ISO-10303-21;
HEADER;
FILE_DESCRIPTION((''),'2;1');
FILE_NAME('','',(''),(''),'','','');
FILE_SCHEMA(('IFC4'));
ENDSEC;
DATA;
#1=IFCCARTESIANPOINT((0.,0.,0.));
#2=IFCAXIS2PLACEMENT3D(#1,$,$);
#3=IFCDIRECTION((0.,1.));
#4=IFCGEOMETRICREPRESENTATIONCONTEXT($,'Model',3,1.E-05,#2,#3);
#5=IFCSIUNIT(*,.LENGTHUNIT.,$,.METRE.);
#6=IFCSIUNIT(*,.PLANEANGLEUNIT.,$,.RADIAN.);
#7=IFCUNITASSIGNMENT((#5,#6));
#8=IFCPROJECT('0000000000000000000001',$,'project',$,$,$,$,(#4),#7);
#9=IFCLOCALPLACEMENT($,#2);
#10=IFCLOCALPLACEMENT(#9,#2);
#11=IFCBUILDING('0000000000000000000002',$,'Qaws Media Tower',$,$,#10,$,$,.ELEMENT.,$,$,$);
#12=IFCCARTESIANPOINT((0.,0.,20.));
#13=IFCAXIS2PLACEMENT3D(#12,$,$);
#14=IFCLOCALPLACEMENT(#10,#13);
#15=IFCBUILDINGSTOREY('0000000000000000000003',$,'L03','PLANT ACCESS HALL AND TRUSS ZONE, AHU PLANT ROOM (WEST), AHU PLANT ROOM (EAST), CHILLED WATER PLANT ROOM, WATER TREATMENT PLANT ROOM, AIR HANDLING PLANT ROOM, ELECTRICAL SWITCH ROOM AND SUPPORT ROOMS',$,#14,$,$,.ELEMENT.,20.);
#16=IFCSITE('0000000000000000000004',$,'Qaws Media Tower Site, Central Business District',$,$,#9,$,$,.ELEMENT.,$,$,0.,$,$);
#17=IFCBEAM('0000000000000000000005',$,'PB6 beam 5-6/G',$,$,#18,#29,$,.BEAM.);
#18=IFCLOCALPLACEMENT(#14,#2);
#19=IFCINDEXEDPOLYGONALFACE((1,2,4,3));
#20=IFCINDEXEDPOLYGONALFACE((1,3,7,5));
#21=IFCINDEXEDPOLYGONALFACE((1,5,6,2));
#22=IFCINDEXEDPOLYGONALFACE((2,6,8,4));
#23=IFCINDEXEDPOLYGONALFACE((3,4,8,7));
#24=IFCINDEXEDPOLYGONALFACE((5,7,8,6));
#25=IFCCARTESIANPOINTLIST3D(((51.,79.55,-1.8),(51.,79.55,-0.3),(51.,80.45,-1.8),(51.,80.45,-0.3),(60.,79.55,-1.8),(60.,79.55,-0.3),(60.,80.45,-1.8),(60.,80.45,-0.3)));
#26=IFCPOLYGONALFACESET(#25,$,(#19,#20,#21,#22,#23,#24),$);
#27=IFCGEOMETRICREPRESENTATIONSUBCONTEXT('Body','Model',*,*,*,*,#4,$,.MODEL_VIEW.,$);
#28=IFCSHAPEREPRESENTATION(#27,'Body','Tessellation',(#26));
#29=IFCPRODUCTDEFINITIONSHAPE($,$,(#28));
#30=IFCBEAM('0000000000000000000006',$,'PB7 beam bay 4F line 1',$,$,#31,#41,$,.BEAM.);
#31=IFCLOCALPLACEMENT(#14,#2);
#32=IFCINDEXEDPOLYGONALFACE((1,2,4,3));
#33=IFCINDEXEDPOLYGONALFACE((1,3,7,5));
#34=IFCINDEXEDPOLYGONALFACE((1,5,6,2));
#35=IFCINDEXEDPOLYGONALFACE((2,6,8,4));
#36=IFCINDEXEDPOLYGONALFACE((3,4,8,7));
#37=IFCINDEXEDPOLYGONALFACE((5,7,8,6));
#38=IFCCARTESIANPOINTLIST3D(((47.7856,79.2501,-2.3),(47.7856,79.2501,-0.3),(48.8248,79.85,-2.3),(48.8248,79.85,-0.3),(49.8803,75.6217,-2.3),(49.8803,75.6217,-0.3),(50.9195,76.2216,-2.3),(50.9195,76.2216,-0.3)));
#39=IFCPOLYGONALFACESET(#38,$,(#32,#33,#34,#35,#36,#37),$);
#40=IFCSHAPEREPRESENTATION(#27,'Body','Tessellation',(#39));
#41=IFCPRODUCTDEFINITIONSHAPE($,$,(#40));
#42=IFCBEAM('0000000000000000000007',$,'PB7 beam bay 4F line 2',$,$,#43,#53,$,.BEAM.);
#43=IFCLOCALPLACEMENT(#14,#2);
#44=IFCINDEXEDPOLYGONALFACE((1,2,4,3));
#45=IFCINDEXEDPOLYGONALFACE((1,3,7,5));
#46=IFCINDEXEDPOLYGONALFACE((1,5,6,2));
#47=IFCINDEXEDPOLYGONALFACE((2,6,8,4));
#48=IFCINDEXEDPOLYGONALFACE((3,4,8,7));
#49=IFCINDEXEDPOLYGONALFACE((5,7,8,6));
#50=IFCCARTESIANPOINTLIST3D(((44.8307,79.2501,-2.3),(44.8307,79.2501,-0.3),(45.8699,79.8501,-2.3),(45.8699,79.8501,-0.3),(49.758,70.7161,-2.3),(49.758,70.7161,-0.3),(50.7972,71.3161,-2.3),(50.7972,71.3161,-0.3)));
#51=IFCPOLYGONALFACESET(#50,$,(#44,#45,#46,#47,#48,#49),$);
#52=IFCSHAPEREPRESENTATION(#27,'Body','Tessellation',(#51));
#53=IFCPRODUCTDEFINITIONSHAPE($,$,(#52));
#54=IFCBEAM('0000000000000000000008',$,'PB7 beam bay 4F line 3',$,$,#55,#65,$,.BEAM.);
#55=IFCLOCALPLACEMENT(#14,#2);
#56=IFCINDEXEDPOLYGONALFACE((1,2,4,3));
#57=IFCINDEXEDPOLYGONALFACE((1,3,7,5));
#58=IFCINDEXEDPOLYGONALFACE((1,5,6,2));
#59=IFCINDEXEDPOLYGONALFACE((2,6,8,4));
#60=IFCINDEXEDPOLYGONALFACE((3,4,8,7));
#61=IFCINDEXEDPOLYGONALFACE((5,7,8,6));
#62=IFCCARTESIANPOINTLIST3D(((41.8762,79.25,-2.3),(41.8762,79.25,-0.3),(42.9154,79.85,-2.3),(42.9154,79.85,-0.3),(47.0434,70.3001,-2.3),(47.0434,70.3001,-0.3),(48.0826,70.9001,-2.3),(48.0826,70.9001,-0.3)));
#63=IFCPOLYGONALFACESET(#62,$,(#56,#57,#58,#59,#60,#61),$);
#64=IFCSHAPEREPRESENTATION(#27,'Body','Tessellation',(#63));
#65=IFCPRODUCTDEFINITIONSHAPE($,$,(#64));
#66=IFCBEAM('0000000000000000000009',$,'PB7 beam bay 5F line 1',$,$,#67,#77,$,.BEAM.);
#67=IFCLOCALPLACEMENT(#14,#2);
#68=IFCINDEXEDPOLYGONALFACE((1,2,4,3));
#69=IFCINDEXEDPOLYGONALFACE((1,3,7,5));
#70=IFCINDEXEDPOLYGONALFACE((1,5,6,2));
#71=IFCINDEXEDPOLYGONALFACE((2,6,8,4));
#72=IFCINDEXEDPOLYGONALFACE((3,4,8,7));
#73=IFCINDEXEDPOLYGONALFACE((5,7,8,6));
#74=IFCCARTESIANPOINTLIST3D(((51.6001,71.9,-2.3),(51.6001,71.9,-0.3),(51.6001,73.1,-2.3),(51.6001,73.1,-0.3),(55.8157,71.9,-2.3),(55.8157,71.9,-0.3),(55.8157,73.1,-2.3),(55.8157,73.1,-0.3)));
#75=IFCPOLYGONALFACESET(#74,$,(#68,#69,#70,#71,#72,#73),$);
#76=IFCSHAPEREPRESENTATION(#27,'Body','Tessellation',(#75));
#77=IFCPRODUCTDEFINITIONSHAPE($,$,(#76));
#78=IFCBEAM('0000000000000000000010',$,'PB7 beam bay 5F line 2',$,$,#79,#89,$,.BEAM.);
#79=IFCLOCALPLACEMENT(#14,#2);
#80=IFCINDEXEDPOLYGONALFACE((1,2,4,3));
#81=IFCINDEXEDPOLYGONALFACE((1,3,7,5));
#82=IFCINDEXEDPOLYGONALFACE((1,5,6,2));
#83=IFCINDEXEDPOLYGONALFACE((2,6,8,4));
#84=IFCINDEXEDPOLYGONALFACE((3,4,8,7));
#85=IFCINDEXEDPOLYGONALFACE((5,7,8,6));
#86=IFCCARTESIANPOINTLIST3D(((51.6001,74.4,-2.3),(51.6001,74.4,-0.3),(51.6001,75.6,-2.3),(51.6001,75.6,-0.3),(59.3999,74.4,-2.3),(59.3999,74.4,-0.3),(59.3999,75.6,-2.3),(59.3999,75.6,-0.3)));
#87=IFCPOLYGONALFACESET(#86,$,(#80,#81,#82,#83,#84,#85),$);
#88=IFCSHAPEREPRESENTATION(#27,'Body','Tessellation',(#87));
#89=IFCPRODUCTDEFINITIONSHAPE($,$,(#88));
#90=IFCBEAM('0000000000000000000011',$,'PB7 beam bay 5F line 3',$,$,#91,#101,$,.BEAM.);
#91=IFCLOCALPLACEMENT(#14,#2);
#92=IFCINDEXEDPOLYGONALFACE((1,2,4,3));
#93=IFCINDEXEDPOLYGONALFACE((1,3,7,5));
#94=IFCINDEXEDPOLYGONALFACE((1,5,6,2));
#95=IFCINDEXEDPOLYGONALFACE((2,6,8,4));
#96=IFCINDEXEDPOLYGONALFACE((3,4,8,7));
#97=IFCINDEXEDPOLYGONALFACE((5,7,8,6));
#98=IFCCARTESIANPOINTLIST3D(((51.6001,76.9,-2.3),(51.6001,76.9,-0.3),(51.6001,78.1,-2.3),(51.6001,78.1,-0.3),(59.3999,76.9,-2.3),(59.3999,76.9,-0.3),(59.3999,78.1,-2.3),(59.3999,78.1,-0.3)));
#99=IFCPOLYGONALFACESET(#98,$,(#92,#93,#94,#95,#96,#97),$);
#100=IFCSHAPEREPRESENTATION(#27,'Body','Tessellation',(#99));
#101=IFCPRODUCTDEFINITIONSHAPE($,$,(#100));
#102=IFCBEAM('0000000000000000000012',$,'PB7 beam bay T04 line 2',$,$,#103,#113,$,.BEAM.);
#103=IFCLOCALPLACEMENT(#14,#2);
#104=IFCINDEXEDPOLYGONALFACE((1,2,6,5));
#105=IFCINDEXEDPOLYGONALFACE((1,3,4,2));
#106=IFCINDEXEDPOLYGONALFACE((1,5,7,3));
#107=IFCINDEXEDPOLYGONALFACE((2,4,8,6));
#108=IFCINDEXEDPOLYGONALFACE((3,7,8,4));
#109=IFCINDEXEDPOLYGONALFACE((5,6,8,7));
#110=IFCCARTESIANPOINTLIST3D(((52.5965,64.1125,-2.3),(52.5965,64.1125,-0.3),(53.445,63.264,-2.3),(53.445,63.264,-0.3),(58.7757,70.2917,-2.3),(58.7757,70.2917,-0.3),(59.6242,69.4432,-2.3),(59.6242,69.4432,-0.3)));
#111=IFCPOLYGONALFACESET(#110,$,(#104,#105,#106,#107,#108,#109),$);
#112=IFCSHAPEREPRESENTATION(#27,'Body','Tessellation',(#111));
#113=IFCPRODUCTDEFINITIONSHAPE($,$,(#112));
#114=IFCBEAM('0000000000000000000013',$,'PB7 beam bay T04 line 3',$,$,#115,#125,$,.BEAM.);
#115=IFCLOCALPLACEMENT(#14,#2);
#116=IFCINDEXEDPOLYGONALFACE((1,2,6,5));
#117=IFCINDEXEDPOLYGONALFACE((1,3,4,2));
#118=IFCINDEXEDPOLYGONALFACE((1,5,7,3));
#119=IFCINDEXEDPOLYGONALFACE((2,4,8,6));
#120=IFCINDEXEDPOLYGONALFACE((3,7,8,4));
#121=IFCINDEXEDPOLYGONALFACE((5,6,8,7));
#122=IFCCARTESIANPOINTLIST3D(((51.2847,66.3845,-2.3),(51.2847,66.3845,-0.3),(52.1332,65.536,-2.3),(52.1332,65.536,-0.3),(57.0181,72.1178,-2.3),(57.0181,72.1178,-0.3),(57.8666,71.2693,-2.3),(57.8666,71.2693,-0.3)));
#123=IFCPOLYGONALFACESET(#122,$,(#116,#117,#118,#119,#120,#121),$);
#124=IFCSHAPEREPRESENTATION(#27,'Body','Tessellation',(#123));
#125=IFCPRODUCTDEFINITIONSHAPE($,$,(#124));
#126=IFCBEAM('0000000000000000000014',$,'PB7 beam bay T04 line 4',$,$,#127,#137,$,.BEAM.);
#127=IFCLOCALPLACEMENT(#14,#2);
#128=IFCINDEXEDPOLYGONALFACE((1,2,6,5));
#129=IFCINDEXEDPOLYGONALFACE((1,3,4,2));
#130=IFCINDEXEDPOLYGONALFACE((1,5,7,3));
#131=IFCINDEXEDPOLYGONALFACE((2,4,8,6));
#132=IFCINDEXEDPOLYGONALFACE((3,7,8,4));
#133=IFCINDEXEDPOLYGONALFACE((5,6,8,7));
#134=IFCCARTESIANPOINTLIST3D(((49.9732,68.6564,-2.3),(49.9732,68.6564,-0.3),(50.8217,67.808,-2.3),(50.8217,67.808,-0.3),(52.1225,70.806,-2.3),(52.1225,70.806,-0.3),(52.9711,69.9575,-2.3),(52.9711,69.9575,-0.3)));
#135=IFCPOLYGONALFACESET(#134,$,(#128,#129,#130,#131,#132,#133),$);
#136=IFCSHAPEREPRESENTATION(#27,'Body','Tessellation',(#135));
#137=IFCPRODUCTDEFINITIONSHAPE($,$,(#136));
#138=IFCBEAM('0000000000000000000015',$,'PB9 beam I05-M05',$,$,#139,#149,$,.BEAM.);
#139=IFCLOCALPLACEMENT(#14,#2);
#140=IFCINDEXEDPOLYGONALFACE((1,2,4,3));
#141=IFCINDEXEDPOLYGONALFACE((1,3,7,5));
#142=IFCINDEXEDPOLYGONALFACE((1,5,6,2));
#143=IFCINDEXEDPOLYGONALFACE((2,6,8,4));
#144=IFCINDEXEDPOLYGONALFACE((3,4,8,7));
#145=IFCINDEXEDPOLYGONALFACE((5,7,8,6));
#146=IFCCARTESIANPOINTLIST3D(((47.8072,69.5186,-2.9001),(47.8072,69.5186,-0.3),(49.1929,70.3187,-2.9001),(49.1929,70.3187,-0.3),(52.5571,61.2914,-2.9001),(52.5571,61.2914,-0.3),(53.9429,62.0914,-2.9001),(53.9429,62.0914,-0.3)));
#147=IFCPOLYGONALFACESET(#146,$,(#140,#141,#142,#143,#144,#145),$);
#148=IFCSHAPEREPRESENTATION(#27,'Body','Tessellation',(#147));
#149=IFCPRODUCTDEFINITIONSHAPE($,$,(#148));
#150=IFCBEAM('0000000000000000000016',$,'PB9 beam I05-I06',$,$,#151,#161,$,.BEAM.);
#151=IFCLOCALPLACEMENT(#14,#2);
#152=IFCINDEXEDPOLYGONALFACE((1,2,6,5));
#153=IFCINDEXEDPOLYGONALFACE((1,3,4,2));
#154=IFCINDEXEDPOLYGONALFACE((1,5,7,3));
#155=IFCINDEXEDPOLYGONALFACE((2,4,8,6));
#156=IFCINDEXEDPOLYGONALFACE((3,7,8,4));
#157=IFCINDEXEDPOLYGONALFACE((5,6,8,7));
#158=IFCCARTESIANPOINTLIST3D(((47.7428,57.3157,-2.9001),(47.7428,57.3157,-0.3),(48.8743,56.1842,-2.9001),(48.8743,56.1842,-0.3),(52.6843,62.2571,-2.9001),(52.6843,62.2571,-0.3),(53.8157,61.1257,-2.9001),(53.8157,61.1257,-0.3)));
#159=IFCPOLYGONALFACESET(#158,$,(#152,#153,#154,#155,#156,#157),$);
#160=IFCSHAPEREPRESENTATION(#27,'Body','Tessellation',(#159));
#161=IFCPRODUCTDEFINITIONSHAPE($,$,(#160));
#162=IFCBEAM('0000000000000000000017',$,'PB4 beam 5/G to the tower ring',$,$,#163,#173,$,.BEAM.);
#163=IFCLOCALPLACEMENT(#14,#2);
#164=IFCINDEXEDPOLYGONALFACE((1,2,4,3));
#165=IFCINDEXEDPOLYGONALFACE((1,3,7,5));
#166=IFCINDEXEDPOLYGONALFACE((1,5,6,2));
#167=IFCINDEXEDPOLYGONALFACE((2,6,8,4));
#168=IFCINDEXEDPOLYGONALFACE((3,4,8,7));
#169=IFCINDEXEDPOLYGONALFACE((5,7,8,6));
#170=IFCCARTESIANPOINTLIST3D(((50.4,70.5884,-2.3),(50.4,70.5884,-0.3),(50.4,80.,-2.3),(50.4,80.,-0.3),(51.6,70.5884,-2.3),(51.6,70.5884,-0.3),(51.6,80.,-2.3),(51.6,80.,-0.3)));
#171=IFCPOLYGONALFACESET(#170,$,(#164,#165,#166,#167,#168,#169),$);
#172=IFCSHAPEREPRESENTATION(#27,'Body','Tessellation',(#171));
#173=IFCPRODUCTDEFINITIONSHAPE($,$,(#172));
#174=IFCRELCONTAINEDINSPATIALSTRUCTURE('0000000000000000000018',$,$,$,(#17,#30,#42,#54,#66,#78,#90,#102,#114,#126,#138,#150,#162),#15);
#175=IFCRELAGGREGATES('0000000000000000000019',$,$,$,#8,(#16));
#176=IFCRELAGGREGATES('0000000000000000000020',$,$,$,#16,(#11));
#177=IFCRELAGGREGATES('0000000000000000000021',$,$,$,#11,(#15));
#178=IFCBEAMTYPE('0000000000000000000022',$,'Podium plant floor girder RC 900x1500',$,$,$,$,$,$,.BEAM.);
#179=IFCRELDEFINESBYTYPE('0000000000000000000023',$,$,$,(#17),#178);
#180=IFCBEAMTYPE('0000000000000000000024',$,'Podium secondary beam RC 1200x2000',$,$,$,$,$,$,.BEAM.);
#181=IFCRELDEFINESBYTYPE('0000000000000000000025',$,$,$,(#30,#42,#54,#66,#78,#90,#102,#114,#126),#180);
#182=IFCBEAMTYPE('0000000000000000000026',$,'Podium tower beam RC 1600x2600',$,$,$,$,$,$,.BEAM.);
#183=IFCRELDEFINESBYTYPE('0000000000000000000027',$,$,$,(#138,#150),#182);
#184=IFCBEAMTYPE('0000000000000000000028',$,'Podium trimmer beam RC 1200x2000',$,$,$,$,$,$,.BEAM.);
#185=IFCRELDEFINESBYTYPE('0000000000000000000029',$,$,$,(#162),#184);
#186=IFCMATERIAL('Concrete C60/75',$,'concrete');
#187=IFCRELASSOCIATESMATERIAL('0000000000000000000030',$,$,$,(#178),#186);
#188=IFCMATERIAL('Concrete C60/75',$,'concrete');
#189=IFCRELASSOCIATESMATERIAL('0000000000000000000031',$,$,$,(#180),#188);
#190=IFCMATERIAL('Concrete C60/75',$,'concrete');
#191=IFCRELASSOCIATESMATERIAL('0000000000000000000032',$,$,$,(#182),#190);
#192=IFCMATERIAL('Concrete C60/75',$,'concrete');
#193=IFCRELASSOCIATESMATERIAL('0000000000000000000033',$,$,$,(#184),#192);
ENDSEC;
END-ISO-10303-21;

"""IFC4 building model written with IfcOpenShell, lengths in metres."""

from ifc_helpers import new_model, si_unit, direction, frame, origin, origin_2d, place, context, subcontext, project, spatial, rectangle, extrude, material, material_profile, profile_set, type_object, element, save


model = new_model("IFC4")

# Units and contexts
model_context = context("Model", 3, precision=1e-05, world=origin(), true_north=direction((0.0, 1.0)))
body_context = subcontext(model_context, "Body", "Model", "MODEL_VIEW")
ifc_project = project(units=[si_unit("LENGTHUNIT", "METRE"), si_unit("PLANEANGLEUNIT", "RADIAN")], contexts=[model_context])

# Site, building, storey
site_placement = place(None, origin())
site = spatial("IfcSite", under=ifc_project, at=site_placement, Name="Qaws Media Tower Site, Central Business District", CompositionType="ELEMENT", RefElevation=0.0)
building_placement = place(site_placement, origin())
building = spatial("IfcBuilding", under=site, at=building_placement, Name="Qaws Media Tower", CompositionType="ELEMENT")
storey_placement = place(building_placement, frame((0.0, 0.0, 20.0)))
storey = spatial("IfcBuildingStorey", under=building, at=storey_placement, Name="L03", Description="PLANT ACCESS HALL AND TRUSS ZONE, AHU PLANT ROOM (WEST), AHU PLANT ROOM (EAST), CHILLED WATER PLANT ROOM, WATER TREATMENT PLANT ROOM, AIR HANDLING PLANT ROOM, ELECTRICAL SWITCH ROOM AND SUPPORT ROOMS", CompositionType="ELEMENT", Elevation=20.0)

# Beams
ifc_material_1 = material(Name="Concrete C60/75", Category="concrete")
ifc_material_profile_1 = material_profile(ifc_material_1, rectangle(XDim=0.8999, YDim=1.5, at=origin_2d()), Name="RC 900x1500")
ifc_profile_set_1 = profile_set([ifc_material_profile_1], Name="Concrete C60/75")
beam_type_1 = type_object("IfcBeamType", Name="Podium plant floor girder RC 900x1500", PredefinedType="BEAM", material=ifc_profile_set_1)
beam_1_placement = place(storey_placement, frame((51.0, 80.0, -1.05), z_axis=(1.0, 0.0, 0.0), x_axis=(0.0, 1.0, 0.0)))
element("IfcBeam", 1, at=beam_1_placement, inside=storey, type_object=beam_type_1, Name="PB6 beam 5-6/G", PredefinedType="BEAM", context=body_context, shape_type="SweptSolid", body=[
    extrude(rectangle(XDim=0.8999, YDim=1.5, at=origin_2d()), origin(), (0.0, 0.0, 1.0), 9.0),
])
ifc_material_2 = material(Name="Concrete C60/75", Category="concrete")
ifc_material_profile_2 = material_profile(ifc_material_2, rectangle(XDim=1.2, YDim=2.0, at=origin_2d()), Name="RC 1200x2000")
ifc_profile_set_2 = profile_set([ifc_material_profile_2], Name="Concrete C60/75")
beam_type_2 = type_object("IfcBeamType", Name="Podium secondary beam RC 1200x2000", PredefinedType="BEAM", material=ifc_profile_set_2)
beam_2_placement = place(storey_placement, frame((50.3999, 75.9216, -1.3), z_axis=(-0.499975, 0.86604, 0.0), x_axis=(-0.86604, -0.499975, 0.0)))
element("IfcBeam", 2, at=beam_2_placement, inside=storey, type_object=beam_type_2, Name="PB7 beam bay 4F line 1", PredefinedType="BEAM", context=body_context, shape_type="SweptSolid", body=[
    extrude(rectangle(XDim=1.2, YDim=2.0, at=origin_2d()), origin(), (0.0, 0.0, 1.0), 4.1897),
])
beam_3_placement = place(storey_placement, frame((50.2776, 71.0161, -1.3), z_axis=(-0.500013, 0.866018, 0.0), x_axis=(-0.866018, -0.500013, 0.0)))
element("IfcBeam", 3, at=beam_3_placement, inside=storey, type_object=beam_type_2, Name="PB7 beam bay 4F line 2", PredefinedType="BEAM", context=body_context, shape_type="SweptSolid", body=[
    extrude(rectangle(XDim=1.2, YDim=2.0, at=origin_2d()), origin(), (0.0, 0.0, 1.0), 9.8542),
])
beam_4_placement = place(storey_placement, frame((47.563, 70.6001, -1.3), z_axis=(-0.499999, 0.866026, 0.0), x_axis=(-0.866026, -0.499999, 0.0)))
element("IfcBeam", 4, at=beam_4_placement, inside=storey, type_object=beam_type_2, Name="PB7 beam bay 4F line 3", PredefinedType="BEAM", context=body_context, shape_type="SweptSolid", body=[
    extrude(rectangle(XDim=1.2, YDim=2.0, at=origin_2d()), origin(), (0.0, 0.0, 1.0), 10.3345),
])
beam_5_placement = place(storey_placement, frame((51.6001, 72.5, -1.3), z_axis=(1.0, 0.0, 0.0), x_axis=(0.0, 1.0, 0.0)))
element("IfcBeam", 5, at=beam_5_placement, inside=storey, type_object=beam_type_2, Name="PB7 beam bay 5F line 1", PredefinedType="BEAM", context=body_context, shape_type="SweptSolid", body=[
    extrude(rectangle(XDim=1.2, YDim=2.0, at=origin_2d()), origin(), (0.0, 0.0, 1.0), 4.2156),
])
for number, where, z_axis, x_axis, name in (
    (6, (51.6001, 75.0, -1.3), (1.0, 0.0, 0.0), (0.0, 1.0, 0.0), "PB7 beam bay 5F line 2"),
    (7, (51.6001, 77.5, -1.3), (1.0, 0.0, 0.0), (0.0, 1.0, 0.0), "PB7 beam bay 5F line 3"),
):
    element("IfcBeam", number, at=place(storey_placement, frame(where, z_axis=z_axis, x_axis=x_axis)), inside=storey, type_object=beam_type_2, Name=name, PredefinedType="BEAM", context=body_context, shape_type="SweptSolid", body=[
        extrude(rectangle(XDim=1.2, YDim=2.0, at=origin_2d()), origin(), (0.0, 0.0, 1.0), 7.7998),
    ])
beam_6_placement = place(storey_placement, frame((53.0208, 63.6882, -1.3), z_axis=(0.707107, 0.707107, 0.0), x_axis=(-0.707107, 0.707107, 0.0)))
element("IfcBeam", 8, at=beam_6_placement, inside=storey, type_object=beam_type_2, Name="PB7 beam bay T04 line 2", PredefinedType="BEAM", context=body_context, shape_type="SweptSolid", body=[
    extrude(rectangle(XDim=1.2, YDim=2.0, at=origin_2d()), origin(), (0.0, 0.0, 1.0), 8.7388),
])
beam_7_placement = place(storey_placement, frame((51.709, 65.9602, -1.3), z_axis=(0.707107, 0.707107, 0.0), x_axis=(-0.707107, 0.707107, 0.0)))
element("IfcBeam", 9, at=beam_7_placement, inside=storey, type_object=beam_type_2, Name="PB7 beam bay T04 line 3", PredefinedType="BEAM", context=body_context, shape_type="SweptSolid", body=[
    extrude(rectangle(XDim=1.2, YDim=2.0, at=origin_2d()), origin(), (0.0, 0.0, 1.0), 8.1082),
])
beam_8_placement = place(storey_placement, frame((50.3975, 68.2322, -1.3), z_axis=(0.707067, 0.707147, 0.0), x_axis=(-0.707147, 0.707067, 0.0)))
element("IfcBeam", 10, at=beam_8_placement, inside=storey, type_object=beam_type_2, Name="PB7 beam bay T04 line 4", PredefinedType="BEAM", context=body_context, shape_type="SweptSolid", body=[
    extrude(rectangle(XDim=1.2, YDim=2.0, at=origin_2d()), origin(), (0.0, 0.0, 1.0), 3.0398),
])
ifc_material_3 = material(Name="Concrete C60/75", Category="concrete")
ifc_material_profile_3 = material_profile(ifc_material_3, rectangle(XDim=1.6001, YDim=2.6001, at=origin_2d()), Name="RC 1600x2600")
ifc_profile_set_3 = profile_set([ifc_material_profile_3], Name="Concrete C60/75")
beam_type_3 = type_object("IfcBeamType", Name="Podium tower beam RC 1600x2600", PredefinedType="BEAM", material=ifc_profile_set_3)
beam_9_placement = place(storey_placement, frame((53.25, 61.6914, -1.6001), z_axis=(-0.499998, 0.866027, 0.0), x_axis=(-0.866027, -0.499998, 0.0)))
element("IfcBeam", 11, at=beam_9_placement, inside=storey, type_object=beam_type_3, Name="PB9 beam I05-M05", PredefinedType="BEAM", context=body_context, shape_type="SweptSolid", body=[
    extrude(rectangle(XDim=1.6001, YDim=2.6001, at=origin_2d()), origin(), (0.0, 0.0, 1.0), 9.5),
])
beam_10_placement = place(storey_placement, frame((53.25, 61.6914, -1.6001), z_axis=(-0.707107, -0.707107, 0.0), x_axis=(0.707107, -0.707107, 0.0)))
element("IfcBeam", 12, at=beam_10_placement, inside=storey, type_object=beam_type_3, Name="PB9 beam I05-I06", PredefinedType="BEAM", context=body_context, shape_type="SweptSolid", body=[
    extrude(rectangle(XDim=1.6001, YDim=2.6001, at=origin_2d()), origin(), (0.0, 0.0, 1.0), 6.9883),
])
ifc_material_4 = material(Name="Concrete C60/75", Category="concrete")
ifc_material_profile_4 = material_profile(ifc_material_4, rectangle(XDim=1.2, YDim=2.0, at=origin_2d()), Name="RC 1200x2000")
ifc_profile_set_4 = profile_set([ifc_material_profile_4], Name="Concrete C60/75")
beam_type_4 = type_object("IfcBeamType", Name="Podium trimmer beam RC 1200x2000", PredefinedType="BEAM", material=ifc_profile_set_4)
beam_11_placement = place(storey_placement, frame((51.0, 80.0, -1.3), z_axis=(0.0, -1.0, 0.0), x_axis=(1.0, 0.0, 0.0)))
element("IfcBeam", 13, at=beam_11_placement, inside=storey, type_object=beam_type_4, Name="PB4 beam 5/G to the tower ring", PredefinedType="BEAM", context=body_context, shape_type="SweptSolid", body=[
    extrude(rectangle(XDim=1.2, YDim=2.0, at=origin_2d()), origin(), (0.0, 0.0, 1.0), 9.4116),
])

save(model, "model.ifc")
